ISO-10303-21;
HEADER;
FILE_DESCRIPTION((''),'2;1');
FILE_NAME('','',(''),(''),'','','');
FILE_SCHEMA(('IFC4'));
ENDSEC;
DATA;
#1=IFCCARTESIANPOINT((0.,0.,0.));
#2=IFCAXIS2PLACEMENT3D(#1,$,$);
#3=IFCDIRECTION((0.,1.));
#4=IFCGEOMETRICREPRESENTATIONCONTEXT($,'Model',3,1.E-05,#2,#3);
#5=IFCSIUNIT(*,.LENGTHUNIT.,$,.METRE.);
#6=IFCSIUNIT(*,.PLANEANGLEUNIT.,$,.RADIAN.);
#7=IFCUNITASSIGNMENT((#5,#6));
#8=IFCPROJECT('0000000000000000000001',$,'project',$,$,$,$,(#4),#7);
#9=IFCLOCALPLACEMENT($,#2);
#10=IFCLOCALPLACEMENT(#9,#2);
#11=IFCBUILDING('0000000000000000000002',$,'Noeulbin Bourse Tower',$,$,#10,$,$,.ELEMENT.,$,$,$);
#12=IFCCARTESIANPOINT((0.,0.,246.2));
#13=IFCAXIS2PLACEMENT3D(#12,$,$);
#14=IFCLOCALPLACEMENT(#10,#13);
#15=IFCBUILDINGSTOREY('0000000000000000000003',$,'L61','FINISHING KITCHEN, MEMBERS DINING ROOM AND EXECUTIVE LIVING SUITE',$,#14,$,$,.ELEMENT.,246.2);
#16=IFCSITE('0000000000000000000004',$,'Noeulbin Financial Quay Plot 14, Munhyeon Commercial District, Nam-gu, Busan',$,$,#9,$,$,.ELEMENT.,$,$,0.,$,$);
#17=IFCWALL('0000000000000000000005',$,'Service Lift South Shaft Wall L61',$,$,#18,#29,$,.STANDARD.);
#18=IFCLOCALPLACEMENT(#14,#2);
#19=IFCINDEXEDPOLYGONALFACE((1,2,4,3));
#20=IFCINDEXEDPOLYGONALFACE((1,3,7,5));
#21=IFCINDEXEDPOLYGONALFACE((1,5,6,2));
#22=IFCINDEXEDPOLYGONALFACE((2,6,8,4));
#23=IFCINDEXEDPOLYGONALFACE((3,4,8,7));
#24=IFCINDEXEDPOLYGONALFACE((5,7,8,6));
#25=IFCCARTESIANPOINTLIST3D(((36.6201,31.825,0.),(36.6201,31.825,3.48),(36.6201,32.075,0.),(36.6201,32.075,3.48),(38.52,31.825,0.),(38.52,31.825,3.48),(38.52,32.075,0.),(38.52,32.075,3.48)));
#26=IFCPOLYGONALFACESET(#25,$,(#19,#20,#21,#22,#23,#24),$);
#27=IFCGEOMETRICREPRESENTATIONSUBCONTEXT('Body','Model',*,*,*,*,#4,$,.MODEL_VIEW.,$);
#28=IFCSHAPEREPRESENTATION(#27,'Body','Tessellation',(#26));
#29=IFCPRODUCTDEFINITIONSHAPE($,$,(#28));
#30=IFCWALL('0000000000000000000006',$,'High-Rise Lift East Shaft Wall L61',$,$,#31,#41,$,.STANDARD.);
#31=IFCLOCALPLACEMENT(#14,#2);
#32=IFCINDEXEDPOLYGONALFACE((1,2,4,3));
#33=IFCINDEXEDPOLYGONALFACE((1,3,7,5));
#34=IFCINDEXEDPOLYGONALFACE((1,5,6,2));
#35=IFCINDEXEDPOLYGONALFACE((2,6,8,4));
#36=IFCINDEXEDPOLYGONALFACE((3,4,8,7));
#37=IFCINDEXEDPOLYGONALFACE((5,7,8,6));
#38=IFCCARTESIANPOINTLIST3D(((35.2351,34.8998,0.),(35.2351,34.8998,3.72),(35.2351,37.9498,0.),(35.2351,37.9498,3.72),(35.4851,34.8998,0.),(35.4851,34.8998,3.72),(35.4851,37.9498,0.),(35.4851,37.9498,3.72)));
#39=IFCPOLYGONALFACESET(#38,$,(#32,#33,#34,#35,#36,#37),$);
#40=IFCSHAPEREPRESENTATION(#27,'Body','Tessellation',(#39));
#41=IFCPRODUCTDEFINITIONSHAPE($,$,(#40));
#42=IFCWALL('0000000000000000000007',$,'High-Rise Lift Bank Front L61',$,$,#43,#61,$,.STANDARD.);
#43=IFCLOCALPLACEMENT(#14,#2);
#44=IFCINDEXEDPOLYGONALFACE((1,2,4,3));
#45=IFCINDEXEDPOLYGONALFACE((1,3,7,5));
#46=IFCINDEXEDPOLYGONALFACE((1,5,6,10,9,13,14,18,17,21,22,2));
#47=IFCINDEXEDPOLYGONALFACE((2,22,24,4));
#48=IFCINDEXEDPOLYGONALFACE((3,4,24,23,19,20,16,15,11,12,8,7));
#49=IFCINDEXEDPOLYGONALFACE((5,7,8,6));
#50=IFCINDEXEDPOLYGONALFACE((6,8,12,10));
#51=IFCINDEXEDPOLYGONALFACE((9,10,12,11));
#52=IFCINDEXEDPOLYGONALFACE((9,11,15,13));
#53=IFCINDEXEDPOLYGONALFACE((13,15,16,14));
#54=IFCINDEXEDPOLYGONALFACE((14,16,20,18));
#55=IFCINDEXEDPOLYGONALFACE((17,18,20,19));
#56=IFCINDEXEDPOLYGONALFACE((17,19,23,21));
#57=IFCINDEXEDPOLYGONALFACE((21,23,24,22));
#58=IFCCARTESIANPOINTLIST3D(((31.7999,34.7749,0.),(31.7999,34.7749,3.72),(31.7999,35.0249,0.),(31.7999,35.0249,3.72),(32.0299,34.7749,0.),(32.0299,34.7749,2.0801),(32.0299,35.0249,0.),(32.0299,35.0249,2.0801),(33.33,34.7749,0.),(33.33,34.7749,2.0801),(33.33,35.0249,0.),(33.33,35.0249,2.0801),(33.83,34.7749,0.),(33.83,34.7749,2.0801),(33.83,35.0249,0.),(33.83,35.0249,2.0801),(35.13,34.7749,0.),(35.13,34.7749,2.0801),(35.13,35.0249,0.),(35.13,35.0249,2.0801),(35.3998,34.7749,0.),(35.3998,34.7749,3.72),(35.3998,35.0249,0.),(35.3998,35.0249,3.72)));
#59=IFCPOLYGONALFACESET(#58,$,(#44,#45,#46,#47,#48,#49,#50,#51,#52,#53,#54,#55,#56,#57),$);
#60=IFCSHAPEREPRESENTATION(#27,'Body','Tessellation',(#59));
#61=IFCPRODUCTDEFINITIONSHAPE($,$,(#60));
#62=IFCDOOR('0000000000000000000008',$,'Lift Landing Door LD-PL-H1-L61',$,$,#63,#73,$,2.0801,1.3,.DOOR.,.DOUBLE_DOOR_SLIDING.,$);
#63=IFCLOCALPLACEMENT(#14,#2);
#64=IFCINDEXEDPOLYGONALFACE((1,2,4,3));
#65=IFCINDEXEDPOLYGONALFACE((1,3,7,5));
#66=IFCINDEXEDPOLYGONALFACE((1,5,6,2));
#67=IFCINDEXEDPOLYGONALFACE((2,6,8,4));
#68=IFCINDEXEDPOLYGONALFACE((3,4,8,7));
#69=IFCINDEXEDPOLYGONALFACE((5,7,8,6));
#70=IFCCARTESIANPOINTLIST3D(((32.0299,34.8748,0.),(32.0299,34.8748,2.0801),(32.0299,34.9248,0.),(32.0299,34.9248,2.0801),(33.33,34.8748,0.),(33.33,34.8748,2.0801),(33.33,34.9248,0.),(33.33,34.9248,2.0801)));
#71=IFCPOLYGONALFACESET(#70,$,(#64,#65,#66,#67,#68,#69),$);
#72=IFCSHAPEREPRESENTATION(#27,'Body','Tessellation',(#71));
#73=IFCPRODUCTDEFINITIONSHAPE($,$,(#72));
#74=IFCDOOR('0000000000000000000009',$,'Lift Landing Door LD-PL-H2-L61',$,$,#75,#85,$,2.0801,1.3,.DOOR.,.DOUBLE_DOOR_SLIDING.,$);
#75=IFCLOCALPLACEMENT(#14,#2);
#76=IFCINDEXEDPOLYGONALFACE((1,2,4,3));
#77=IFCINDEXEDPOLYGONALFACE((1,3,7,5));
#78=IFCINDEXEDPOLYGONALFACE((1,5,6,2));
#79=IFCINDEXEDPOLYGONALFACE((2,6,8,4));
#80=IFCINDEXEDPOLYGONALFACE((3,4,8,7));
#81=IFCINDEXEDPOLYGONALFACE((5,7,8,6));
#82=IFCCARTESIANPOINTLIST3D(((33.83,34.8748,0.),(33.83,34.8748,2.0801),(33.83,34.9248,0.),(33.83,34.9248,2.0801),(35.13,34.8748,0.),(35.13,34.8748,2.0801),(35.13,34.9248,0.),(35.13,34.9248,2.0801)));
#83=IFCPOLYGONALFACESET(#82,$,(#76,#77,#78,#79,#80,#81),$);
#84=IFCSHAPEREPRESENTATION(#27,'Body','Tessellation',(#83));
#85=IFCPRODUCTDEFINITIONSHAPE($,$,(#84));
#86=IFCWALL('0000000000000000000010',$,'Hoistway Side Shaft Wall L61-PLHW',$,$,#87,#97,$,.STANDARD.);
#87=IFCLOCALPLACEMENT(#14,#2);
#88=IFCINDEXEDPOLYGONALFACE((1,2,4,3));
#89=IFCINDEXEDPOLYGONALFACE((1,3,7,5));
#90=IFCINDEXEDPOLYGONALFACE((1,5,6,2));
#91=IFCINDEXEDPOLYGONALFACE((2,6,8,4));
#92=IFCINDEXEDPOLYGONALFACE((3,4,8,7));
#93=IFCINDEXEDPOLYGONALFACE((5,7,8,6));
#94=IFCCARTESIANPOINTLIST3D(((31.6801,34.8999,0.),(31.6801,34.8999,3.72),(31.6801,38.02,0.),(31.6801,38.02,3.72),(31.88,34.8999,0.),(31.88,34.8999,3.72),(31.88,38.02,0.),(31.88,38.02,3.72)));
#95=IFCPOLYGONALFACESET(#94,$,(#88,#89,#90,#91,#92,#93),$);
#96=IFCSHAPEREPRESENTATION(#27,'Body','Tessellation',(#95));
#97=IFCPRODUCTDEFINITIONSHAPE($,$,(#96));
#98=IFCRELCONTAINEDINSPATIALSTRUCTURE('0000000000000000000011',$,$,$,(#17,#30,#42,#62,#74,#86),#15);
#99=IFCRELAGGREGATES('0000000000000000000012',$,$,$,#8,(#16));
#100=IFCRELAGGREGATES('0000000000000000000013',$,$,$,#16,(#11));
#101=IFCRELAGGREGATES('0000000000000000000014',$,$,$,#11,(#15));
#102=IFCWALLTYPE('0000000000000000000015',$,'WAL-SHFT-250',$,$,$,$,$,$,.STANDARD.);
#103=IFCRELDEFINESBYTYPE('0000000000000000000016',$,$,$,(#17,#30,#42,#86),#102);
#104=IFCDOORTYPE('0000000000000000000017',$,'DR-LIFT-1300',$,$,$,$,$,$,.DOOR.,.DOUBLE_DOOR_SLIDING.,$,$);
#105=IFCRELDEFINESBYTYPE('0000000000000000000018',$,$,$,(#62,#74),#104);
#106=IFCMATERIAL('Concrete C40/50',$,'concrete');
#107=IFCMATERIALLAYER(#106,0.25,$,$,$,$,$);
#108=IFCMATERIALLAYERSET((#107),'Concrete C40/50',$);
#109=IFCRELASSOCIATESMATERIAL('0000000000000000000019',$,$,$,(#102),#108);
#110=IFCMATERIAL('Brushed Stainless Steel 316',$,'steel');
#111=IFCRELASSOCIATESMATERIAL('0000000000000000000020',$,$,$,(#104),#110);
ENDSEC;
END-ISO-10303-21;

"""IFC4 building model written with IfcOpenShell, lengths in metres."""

from ifc_helpers import new_model, si_unit, direction, frame, frame_2d, origin, place, context, subcontext, project, spatial, rectangle, extrude, material, layer, layer_set, type_object, element, fill, save


model = new_model("IFC4")

# Units and contexts
model_context = context("Model", 3, precision=1e-05, world=origin(), true_north=direction((0.0, 1.0)))
body_context = subcontext(model_context, "Body", "Model", "MODEL_VIEW")
ifc_project = project(units=[si_unit("LENGTHUNIT", "METRE"), si_unit("PLANEANGLEUNIT", "RADIAN")], contexts=[model_context])

# Site, building, storey
site_placement = place(None, origin())
site = spatial("IfcSite", under=ifc_project, at=site_placement, Name="Noeulbin Financial Quay Plot 14, Munhyeon Commercial District, Nam-gu, Busan", CompositionType="ELEMENT", RefElevation=0.0)
building_placement = place(site_placement, origin())
building = spatial("IfcBuilding", under=site, at=building_placement, Name="Noeulbin Bourse Tower", CompositionType="ELEMENT")
storey_placement = place(building_placement, frame((0.0, 0.0, 246.2)))
storey = spatial("IfcBuildingStorey", under=building, at=storey_placement, Name="L61", Description="FINISHING KITCHEN, MEMBERS DINING ROOM AND EXECUTIVE LIVING SUITE", CompositionType="ELEMENT", Elevation=246.2)

# Walls
ifc_material_1 = material(Name="Concrete C40/50", Category="concrete")
ifc_layer_1 = layer(ifc_material_1, 0.25)
ifc_layer_set_1 = layer_set([ifc_layer_1], Name="Concrete C40/50")
wall_type = type_object("IfcWallType", Name="WAL-SHFT-250", PredefinedType="STANDARD", material=ifc_layer_set_1)
wall_1_placement = place(storey_placement, frame((36.6201, 31.95, 0.0), z_axis=(0.0, 0.0, 1.0), x_axis=(1.0, 0.0, 0.0)))
element("IfcWall", 1, at=wall_1_placement, inside=storey, type_object=wall_type, Name="Service Lift South Shaft Wall L61", PredefinedType="STANDARD", context=body_context, shape_type="SweptSolid", body=[
    extrude(rectangle(XDim=1.8999, YDim=0.25, at=frame_2d((0.95, 0.0))), origin(), (0.0, 0.0, 1.0), 3.48),
])
wall_2_placement = place(storey_placement, frame((35.3601, 34.8999, 0.0), z_axis=(0.0, 0.0, 1.0), x_axis=(0.0, 1.0, 0.0)))
element("IfcWall", 2, at=wall_2_placement, inside=storey, type_object=wall_type, Name="High-Rise Lift East Shaft Wall L61", PredefinedType="STANDARD", context=body_context, shape_type="SweptSolid", body=[
    extrude(rectangle(XDim=3.05, YDim=0.25, at=frame_2d((1.5249, 0.0))), origin(), (0.0, 0.0, 1.0), 3.72),
])

# Wall, openings, doors
wall_3_placement = place(storey_placement, frame((31.8, 34.8999, 0.0), z_axis=(0.0, 0.0, 1.0), x_axis=(1.0, 0.0, 0.0)))
wall_3 = element("IfcWall", 3, at=wall_3_placement, inside=storey, type_object=wall_type, Name="High-Rise Lift Bank Front L61", PredefinedType="STANDARD", context=body_context, shape_type="SweptSolid", body=[
    extrude(rectangle(XDim=3.5999, YDim=0.25, at=frame_2d((1.7998, 0.0))), origin(), (0.0, 0.0, 1.0), 3.72),
])
opening_1_placement = place(wall_3_placement, frame((0.23, 0.0, 0.0)))
opening_1 = element("IfcOpeningElement", 4, at=opening_1_placement, cuts=wall_3, PredefinedType="OPENING", context=body_context, shape_type="SweptSolid", body=[
    extrude(rectangle(XDim=1.3, YDim=2.0801, at=frame_2d((0.6499, 1.04))), frame((0.0, 0.135, 0.0), z_axis=(0.0, -1.0, 0.0), x_axis=(1.0, 0.0, 0.0)), (0.0, 0.0, 1.0), 0.27),
])
opening_2_placement = place(wall_3_placement, frame((2.03, 0.0, 0.0)))
opening_2 = element("IfcOpeningElement", 5, at=opening_2_placement, cuts=wall_3, PredefinedType="OPENING", context=body_context, shape_type="SweptSolid", body=[
    extrude(rectangle(XDim=1.3, YDim=2.0801, at=frame_2d((0.6499, 1.04))), frame((0.0, 0.135, 0.0), z_axis=(0.0, -1.0, 0.0), x_axis=(1.0, 0.0, 0.0)), (0.0, 0.0, 1.0), 0.27),
])
ifc_material_2 = material(Name="Brushed Stainless Steel 316", Category="steel")
door_type = type_object("IfcDoorType", Name="DR-LIFT-1300", OperationType="DOUBLE_DOOR_SLIDING", PredefinedType="DOOR", material=ifc_material_2)
door_1_placement = place(opening_1_placement, origin())
door_1 = element("IfcDoor", 6, at=door_1_placement, inside=storey, type_object=door_type, Name="Lift Landing Door LD-PL-H1-L61", OperationType="DOUBLE_DOOR_SLIDING", OverallHeight=2.0801, OverallWidth=1.3, PredefinedType="DOOR", context=body_context, shape_type="SweptSolid", body=[
    extrude(rectangle(XDim=1.3, YDim=2.0801, at=frame_2d((0.6499, 1.04))), frame((0.0, 0.0249, 0.0), z_axis=(0.0, -1.0, 0.0), x_axis=(1.0, 0.0, 0.0)), (0.0, 0.0, 1.0), 0.05),
])
fill(opening_1, door_1)
door_2_placement = place(opening_2_placement, origin())
door_2 = element("IfcDoor", 7, at=door_2_placement, inside=storey, type_object=door_type, Name="Lift Landing Door LD-PL-H2-L61", OperationType="DOUBLE_DOOR_SLIDING", OverallHeight=2.0801, OverallWidth=1.3, PredefinedType="DOOR", context=body_context, shape_type="SweptSolid", body=[
    extrude(rectangle(XDim=1.3, YDim=2.0801, at=frame_2d((0.6499, 1.04))), frame((0.0, 0.0249, 0.0), z_axis=(0.0, -1.0, 0.0), x_axis=(1.0, 0.0, 0.0)), (0.0, 0.0, 1.0), 0.05),
])
fill(opening_2, door_2)

# Wall
wall_4_placement = place(storey_placement, frame((31.78, 34.8999, 0.0), z_axis=(0.0, 0.0, 1.0), x_axis=(0.0, 1.0, 0.0)))
element("IfcWall", 8, at=wall_4_placement, inside=storey, type_object=wall_type, Name="Hoistway Side Shaft Wall L61-PLHW", PredefinedType="STANDARD", context=body_context, shape_type="SweptSolid", body=[
    extrude(rectangle(XDim=3.1201, YDim=0.2, at=frame_2d((1.5601, 0.0))), origin(), (0.0, 0.0, 1.0), 3.72),
])

save(model, "model.ifc")
